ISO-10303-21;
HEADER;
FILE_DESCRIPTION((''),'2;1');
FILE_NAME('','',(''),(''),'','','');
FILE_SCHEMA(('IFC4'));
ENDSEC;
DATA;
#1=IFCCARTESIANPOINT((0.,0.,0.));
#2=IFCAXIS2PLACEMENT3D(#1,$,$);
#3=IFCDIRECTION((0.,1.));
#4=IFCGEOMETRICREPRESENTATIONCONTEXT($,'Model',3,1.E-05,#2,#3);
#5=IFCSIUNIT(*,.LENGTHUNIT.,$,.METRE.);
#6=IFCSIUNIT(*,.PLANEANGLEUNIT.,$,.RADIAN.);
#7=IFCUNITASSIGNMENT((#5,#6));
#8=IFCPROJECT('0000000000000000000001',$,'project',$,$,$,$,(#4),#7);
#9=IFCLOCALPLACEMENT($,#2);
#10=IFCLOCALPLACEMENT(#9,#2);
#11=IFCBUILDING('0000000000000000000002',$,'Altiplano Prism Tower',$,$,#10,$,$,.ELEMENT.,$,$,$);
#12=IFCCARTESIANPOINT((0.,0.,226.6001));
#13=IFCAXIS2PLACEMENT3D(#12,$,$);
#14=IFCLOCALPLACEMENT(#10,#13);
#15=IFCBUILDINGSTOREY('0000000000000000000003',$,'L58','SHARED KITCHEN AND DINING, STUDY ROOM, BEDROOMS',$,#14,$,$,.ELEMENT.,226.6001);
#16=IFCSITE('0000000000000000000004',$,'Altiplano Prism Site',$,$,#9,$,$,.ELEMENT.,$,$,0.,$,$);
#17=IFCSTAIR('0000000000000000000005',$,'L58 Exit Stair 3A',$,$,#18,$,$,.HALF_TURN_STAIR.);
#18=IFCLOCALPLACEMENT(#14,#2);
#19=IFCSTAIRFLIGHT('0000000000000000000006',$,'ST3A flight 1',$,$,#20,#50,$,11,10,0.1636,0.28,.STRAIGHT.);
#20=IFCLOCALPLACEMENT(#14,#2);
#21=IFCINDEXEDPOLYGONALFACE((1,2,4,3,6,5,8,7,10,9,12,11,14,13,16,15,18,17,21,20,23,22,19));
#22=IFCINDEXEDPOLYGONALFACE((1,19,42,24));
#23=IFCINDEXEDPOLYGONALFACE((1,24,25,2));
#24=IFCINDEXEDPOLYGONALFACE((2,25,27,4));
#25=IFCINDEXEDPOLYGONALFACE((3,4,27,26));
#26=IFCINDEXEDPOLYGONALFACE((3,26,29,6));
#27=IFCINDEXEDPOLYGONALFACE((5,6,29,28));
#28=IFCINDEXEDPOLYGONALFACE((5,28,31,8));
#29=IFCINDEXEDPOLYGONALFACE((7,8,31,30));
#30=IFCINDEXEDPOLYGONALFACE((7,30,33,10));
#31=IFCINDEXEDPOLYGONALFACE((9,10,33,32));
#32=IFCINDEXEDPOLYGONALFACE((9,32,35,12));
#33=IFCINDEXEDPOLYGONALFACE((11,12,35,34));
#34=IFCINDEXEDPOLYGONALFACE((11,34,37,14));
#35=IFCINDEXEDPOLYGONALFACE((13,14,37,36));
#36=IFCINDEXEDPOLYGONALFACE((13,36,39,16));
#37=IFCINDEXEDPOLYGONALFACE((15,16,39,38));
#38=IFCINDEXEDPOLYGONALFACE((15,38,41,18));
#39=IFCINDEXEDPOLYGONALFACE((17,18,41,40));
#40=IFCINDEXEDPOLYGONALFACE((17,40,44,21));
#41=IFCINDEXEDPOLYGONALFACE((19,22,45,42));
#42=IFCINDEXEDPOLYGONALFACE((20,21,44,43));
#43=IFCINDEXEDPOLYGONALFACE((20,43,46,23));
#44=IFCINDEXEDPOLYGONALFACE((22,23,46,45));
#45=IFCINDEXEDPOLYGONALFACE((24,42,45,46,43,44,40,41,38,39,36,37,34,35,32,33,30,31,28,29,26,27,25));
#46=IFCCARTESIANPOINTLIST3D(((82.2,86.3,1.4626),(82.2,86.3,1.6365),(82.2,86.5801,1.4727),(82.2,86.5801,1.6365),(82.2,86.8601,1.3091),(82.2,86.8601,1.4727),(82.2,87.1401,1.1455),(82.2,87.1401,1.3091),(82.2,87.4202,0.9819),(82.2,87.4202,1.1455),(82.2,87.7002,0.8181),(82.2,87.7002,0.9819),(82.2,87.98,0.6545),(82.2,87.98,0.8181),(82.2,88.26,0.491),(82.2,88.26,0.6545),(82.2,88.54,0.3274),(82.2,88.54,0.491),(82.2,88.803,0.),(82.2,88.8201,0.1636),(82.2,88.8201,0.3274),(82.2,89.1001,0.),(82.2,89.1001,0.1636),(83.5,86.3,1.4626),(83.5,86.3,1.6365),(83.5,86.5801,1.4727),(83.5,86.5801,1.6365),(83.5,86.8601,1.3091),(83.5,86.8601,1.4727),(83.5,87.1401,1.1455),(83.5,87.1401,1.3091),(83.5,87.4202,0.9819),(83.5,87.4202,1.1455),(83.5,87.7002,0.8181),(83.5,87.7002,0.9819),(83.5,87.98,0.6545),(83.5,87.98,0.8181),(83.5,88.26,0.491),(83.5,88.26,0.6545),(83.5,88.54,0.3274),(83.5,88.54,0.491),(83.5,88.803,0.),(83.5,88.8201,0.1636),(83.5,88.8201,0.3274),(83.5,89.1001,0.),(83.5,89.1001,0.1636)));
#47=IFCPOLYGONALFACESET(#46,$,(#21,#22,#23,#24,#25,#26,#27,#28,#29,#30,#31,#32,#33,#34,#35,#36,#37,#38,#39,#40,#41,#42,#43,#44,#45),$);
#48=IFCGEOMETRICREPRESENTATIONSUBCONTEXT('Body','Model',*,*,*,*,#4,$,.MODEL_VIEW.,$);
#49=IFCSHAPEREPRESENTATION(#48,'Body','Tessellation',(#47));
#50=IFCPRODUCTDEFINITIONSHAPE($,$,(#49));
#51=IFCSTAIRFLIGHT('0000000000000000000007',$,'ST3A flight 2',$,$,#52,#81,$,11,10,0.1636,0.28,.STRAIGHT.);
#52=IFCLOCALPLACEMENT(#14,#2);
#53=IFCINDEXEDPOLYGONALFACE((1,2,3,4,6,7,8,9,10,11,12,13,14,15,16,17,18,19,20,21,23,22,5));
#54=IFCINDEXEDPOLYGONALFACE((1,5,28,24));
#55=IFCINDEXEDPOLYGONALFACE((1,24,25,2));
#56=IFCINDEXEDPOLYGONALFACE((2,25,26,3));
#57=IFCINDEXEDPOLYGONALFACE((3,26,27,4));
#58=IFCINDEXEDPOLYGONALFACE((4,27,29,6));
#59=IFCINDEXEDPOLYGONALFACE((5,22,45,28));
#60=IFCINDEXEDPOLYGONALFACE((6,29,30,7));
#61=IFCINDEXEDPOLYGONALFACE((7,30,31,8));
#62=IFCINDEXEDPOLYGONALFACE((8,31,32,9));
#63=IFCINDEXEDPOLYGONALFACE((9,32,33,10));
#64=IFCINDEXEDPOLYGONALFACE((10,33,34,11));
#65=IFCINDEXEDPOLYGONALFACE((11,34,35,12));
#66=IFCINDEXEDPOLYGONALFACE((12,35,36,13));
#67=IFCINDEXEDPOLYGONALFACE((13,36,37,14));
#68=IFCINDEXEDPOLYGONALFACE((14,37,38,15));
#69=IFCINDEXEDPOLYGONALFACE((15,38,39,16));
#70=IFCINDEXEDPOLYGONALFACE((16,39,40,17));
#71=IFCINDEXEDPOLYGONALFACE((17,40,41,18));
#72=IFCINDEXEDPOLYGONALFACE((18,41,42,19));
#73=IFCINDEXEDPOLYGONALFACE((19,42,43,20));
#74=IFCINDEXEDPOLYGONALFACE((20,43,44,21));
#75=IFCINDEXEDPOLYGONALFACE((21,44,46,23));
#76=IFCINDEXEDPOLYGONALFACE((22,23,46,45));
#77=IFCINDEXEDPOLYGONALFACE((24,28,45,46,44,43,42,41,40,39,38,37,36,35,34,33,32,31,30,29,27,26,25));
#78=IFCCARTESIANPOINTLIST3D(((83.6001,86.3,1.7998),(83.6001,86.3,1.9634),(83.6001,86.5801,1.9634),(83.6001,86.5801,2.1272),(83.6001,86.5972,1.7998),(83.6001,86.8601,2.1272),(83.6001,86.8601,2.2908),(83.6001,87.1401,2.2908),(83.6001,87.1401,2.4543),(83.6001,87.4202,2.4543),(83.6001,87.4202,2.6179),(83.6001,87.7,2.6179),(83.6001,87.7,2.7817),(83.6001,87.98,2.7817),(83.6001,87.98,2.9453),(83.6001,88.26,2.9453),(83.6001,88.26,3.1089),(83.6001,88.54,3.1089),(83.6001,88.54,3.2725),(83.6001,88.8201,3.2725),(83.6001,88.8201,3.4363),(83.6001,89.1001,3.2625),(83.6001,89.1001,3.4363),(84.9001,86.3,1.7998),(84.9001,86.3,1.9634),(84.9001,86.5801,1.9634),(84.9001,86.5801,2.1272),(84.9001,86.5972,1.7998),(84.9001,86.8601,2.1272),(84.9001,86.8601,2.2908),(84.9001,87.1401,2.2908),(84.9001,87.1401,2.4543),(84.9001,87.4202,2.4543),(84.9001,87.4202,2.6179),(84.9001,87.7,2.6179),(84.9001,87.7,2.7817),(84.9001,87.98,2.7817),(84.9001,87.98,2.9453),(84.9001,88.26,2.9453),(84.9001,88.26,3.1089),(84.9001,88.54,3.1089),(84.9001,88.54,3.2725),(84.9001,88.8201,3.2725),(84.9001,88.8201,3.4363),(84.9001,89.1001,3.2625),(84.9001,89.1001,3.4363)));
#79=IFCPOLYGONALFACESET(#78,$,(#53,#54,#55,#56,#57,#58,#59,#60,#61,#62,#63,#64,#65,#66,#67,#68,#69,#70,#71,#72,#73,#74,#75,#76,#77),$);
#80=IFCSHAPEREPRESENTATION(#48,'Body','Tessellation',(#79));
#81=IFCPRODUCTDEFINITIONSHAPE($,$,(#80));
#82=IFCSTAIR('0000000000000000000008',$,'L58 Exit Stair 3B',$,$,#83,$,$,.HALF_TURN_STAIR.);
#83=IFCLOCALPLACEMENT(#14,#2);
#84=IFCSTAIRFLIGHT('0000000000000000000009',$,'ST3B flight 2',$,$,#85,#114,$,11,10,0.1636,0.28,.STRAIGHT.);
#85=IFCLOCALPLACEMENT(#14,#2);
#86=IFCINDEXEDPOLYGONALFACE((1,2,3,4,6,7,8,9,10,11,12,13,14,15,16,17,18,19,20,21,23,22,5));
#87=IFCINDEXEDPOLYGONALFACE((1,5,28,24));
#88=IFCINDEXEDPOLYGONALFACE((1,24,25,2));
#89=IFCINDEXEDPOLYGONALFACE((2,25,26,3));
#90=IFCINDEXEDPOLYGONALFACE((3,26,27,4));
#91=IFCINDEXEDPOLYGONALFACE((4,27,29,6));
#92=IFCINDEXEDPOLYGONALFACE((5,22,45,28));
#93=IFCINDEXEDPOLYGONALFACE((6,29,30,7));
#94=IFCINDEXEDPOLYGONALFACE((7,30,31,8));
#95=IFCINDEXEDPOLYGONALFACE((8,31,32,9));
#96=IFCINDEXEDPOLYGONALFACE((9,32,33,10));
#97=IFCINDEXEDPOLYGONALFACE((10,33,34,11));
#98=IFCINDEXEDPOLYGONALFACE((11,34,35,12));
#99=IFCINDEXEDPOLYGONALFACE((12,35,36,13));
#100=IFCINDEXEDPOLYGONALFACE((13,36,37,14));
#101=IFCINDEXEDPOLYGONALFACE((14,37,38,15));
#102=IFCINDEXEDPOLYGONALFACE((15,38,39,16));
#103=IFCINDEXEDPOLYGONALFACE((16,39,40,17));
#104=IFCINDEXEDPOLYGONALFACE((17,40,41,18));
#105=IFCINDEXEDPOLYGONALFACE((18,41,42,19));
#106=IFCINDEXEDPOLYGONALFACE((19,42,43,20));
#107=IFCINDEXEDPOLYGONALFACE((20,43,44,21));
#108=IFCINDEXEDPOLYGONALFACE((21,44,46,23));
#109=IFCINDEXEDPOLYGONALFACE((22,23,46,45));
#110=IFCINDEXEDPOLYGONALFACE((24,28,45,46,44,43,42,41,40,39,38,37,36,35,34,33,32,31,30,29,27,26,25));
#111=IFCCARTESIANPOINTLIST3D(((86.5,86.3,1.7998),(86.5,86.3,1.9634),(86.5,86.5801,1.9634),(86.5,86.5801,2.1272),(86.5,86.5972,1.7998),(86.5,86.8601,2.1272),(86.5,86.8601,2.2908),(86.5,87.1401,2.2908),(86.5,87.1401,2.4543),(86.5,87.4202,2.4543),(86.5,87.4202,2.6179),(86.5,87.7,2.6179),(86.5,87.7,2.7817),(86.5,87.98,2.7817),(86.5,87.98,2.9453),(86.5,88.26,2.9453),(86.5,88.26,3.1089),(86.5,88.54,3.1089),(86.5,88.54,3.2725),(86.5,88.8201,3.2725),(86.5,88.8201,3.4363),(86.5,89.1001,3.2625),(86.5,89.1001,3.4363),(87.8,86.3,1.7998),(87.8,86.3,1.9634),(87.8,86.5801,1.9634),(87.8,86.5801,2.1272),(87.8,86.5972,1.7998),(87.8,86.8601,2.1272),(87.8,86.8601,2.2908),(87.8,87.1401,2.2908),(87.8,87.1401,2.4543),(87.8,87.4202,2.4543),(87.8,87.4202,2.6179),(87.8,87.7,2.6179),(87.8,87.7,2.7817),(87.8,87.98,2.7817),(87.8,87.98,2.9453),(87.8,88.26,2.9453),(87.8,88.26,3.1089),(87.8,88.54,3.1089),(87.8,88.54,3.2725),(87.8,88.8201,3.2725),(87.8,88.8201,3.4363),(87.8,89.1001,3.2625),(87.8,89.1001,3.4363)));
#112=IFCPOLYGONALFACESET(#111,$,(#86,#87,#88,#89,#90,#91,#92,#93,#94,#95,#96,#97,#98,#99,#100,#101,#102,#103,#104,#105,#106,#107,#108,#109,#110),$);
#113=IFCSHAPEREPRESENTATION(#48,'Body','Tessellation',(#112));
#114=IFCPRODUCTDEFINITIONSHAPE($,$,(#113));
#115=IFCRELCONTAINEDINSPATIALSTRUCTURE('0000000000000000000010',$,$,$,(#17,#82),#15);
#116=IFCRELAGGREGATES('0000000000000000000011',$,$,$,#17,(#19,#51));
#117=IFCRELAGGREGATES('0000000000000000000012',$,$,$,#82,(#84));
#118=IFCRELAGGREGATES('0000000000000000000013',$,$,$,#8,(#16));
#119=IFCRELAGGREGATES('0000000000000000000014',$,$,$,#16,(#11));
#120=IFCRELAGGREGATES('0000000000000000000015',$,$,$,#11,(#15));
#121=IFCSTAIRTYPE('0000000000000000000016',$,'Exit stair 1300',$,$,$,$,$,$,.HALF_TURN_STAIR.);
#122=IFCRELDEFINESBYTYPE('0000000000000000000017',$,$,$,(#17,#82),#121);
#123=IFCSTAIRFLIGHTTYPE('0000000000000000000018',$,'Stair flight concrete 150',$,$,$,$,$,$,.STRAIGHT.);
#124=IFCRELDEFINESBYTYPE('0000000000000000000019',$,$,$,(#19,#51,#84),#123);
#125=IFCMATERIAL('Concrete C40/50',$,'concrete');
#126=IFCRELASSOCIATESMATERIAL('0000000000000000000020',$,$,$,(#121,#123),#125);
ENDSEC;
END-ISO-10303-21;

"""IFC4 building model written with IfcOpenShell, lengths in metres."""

from ifc_helpers import new_model, si_unit, direction, frame, origin, place, context, subcontext, project, spatial, polyline, outline, extrude, material, type_object, element, aggregate, save


model = new_model("IFC4")

# Units and contexts
model_context = context("Model", 3, precision=1e-05, world=origin(), true_north=direction((0.0, 1.0)))
body_context = subcontext(model_context, "Body", "Model", "MODEL_VIEW")
ifc_project = project(units=[si_unit("LENGTHUNIT", "METRE"), si_unit("PLANEANGLEUNIT", "RADIAN")], contexts=[model_context])

# Site, building, storey
site_placement = place(None, origin())
site = spatial("IfcSite", under=ifc_project, at=site_placement, Name="Altiplano Prism Site", CompositionType="ELEMENT", RefElevation=0.0)
building_placement = place(site_placement, origin())
building = spatial("IfcBuilding", under=site, at=building_placement, Name="Altiplano Prism Tower", CompositionType="ELEMENT")
storey_placement = place(building_placement, frame((0.0, 0.0, 226.6001)))
storey = spatial("IfcBuildingStorey", under=building, at=storey_placement, Name="L58", Description="SHARED KITCHEN AND DINING, STUDY ROOM, BEDROOMS", CompositionType="ELEMENT", Elevation=226.6001)

# Stair, stair flights
ifc_material_1 = material(Name="Concrete C40/50", Category="concrete")
stair_type = type_object("IfcStairType", Name="Exit stair 1300", PredefinedType="HALF_TURN_STAIR", material=ifc_material_1)
stair_1_placement = place(storey_placement, origin())
stair_1 = element("IfcStair", 1, at=stair_1_placement, inside=storey, type_object=stair_type, Name="L58 Exit Stair 3A", PredefinedType="HALF_TURN_STAIR")
stair_flight_type = type_object("IfcStairFlightType", Name="Stair flight concrete 150", PredefinedType="STRAIGHT", material=ifc_material_1)
stair_flight_1_placement = place(storey_placement, frame((82.8501, 89.1001, 0.0), z_axis=(0.0, 0.0, 1.0), x_axis=(0.0, -1.0, 0.0)))
stair_flight_1 = element("IfcStairFlight", 2, at=stair_flight_1_placement, type_object=stair_flight_type, Name="ST3A flight 1", NumberOfRisers=11, NumberOfTreads=10, PredefinedType="STRAIGHT", RiserHeight=0.1636, TreadLength=0.28, context=body_context, shape_type="SweptSolid", body=[
    extrude(outline(polyline([(0.0, 0.0), (0.0, 0.1636), (0.28, 0.1636), (0.28, 0.3274), (0.5601, 0.3274), (0.5601, 0.491), (0.8401, 0.491), (0.8401, 0.6545), (1.1201, 0.6545), (1.1201, 0.8181), (1.3999, 0.8181), (1.3999, 0.9819), (1.6799, 0.9819), (1.6799, 1.1455), (1.96, 1.1455), (1.96, 1.3091), (2.24, 1.3091), (2.24, 1.4727), (2.52, 1.4727), (2.52, 1.6365), (2.8, 1.6365), (2.8, 1.8), (2.8, 1.4626), (0.2971, 0.0), (0.0, 0.0)])), frame((0.0, 0.6499, 0.0), z_axis=(0.0, -1.0, 0.0), x_axis=(1.0, 0.0, 0.0)), (0.0, 0.0, 1.0), 1.3),
])
stair_flight_2_placement = place(storey_placement, frame((84.25, 86.3, 1.7998), z_axis=(0.0, 0.0, 1.0), x_axis=(0.0, 1.0, 0.0)))
stair_flight_2 = element("IfcStairFlight", 3, at=stair_flight_2_placement, type_object=stair_flight_type, Name="ST3A flight 2", NumberOfRisers=11, NumberOfTreads=10, PredefinedType="STRAIGHT", RiserHeight=0.1636, TreadLength=0.28, context=body_context, shape_type="SweptSolid", body=[
    extrude(outline(polyline([(0.0, 0.0), (0.0, 0.1636), (0.28, 0.1636), (0.28, 0.3274), (0.5601, 0.3274), (0.5601, 0.491), (0.8401, 0.491), (0.8401, 0.6545), (1.1201, 0.6545), (1.1201, 0.8181), (1.3999, 0.8181), (1.3999, 0.9819), (1.6799, 0.9819), (1.6799, 1.1455), (1.96, 1.1455), (1.96, 1.3091), (2.24, 1.3091), (2.24, 1.4727), (2.52, 1.4727), (2.52, 1.6365), (2.8, 1.6365), (2.8, 1.8), (2.8, 1.4626), (0.2971, 0.0), (0.0, 0.0)])), frame((0.0, 0.6499, 0.0), z_axis=(0.0, -1.0, 0.0), x_axis=(1.0, 0.0, 0.0)), (0.0, 0.0, 1.0), 1.3),
])
aggregate(stair_1, [stair_flight_1, stair_flight_2])

# Stair, stair flight
stair_2_placement = place(storey_placement, origin())
stair_2 = element("IfcStair", 4, at=stair_2_placement, inside=storey, type_object=stair_type, Name="L58 Exit Stair 3B", PredefinedType="HALF_TURN_STAIR")
stair_flight_3_placement = place(storey_placement, frame((87.1499, 86.3, 1.7998), z_axis=(0.0, 0.0, 1.0), x_axis=(0.0, 1.0, 0.0)))
stair_flight_3 = element("IfcStairFlight", 5, at=stair_flight_3_placement, type_object=stair_flight_type, Name="ST3B flight 2", NumberOfRisers=11, NumberOfTreads=10, PredefinedType="STRAIGHT", RiserHeight=0.1636, TreadLength=0.28, context=body_context, shape_type="SweptSolid", body=[
    extrude(outline(polyline([(0.0, 0.0), (0.0, 0.1636), (0.28, 0.1636), (0.28, 0.3274), (0.5601, 0.3274), (0.5601, 0.491), (0.8401, 0.491), (0.8401, 0.6545), (1.1201, 0.6545), (1.1201, 0.8181), (1.3999, 0.8181), (1.3999, 0.9819), (1.6799, 0.9819), (1.6799, 1.1455), (1.96, 1.1455), (1.96, 1.3091), (2.24, 1.3091), (2.24, 1.4727), (2.52, 1.4727), (2.52, 1.6365), (2.8, 1.6365), (2.8, 1.8), (2.8, 1.4626), (0.2971, 0.0), (0.0, 0.0)])), frame((0.0, 0.6499, 0.0), z_axis=(0.0, -1.0, 0.0), x_axis=(1.0, 0.0, 0.0)), (0.0, 0.0, 1.0), 1.3),
])
aggregate(stair_2, [stair_flight_3])

save(model, "model.ifc")
